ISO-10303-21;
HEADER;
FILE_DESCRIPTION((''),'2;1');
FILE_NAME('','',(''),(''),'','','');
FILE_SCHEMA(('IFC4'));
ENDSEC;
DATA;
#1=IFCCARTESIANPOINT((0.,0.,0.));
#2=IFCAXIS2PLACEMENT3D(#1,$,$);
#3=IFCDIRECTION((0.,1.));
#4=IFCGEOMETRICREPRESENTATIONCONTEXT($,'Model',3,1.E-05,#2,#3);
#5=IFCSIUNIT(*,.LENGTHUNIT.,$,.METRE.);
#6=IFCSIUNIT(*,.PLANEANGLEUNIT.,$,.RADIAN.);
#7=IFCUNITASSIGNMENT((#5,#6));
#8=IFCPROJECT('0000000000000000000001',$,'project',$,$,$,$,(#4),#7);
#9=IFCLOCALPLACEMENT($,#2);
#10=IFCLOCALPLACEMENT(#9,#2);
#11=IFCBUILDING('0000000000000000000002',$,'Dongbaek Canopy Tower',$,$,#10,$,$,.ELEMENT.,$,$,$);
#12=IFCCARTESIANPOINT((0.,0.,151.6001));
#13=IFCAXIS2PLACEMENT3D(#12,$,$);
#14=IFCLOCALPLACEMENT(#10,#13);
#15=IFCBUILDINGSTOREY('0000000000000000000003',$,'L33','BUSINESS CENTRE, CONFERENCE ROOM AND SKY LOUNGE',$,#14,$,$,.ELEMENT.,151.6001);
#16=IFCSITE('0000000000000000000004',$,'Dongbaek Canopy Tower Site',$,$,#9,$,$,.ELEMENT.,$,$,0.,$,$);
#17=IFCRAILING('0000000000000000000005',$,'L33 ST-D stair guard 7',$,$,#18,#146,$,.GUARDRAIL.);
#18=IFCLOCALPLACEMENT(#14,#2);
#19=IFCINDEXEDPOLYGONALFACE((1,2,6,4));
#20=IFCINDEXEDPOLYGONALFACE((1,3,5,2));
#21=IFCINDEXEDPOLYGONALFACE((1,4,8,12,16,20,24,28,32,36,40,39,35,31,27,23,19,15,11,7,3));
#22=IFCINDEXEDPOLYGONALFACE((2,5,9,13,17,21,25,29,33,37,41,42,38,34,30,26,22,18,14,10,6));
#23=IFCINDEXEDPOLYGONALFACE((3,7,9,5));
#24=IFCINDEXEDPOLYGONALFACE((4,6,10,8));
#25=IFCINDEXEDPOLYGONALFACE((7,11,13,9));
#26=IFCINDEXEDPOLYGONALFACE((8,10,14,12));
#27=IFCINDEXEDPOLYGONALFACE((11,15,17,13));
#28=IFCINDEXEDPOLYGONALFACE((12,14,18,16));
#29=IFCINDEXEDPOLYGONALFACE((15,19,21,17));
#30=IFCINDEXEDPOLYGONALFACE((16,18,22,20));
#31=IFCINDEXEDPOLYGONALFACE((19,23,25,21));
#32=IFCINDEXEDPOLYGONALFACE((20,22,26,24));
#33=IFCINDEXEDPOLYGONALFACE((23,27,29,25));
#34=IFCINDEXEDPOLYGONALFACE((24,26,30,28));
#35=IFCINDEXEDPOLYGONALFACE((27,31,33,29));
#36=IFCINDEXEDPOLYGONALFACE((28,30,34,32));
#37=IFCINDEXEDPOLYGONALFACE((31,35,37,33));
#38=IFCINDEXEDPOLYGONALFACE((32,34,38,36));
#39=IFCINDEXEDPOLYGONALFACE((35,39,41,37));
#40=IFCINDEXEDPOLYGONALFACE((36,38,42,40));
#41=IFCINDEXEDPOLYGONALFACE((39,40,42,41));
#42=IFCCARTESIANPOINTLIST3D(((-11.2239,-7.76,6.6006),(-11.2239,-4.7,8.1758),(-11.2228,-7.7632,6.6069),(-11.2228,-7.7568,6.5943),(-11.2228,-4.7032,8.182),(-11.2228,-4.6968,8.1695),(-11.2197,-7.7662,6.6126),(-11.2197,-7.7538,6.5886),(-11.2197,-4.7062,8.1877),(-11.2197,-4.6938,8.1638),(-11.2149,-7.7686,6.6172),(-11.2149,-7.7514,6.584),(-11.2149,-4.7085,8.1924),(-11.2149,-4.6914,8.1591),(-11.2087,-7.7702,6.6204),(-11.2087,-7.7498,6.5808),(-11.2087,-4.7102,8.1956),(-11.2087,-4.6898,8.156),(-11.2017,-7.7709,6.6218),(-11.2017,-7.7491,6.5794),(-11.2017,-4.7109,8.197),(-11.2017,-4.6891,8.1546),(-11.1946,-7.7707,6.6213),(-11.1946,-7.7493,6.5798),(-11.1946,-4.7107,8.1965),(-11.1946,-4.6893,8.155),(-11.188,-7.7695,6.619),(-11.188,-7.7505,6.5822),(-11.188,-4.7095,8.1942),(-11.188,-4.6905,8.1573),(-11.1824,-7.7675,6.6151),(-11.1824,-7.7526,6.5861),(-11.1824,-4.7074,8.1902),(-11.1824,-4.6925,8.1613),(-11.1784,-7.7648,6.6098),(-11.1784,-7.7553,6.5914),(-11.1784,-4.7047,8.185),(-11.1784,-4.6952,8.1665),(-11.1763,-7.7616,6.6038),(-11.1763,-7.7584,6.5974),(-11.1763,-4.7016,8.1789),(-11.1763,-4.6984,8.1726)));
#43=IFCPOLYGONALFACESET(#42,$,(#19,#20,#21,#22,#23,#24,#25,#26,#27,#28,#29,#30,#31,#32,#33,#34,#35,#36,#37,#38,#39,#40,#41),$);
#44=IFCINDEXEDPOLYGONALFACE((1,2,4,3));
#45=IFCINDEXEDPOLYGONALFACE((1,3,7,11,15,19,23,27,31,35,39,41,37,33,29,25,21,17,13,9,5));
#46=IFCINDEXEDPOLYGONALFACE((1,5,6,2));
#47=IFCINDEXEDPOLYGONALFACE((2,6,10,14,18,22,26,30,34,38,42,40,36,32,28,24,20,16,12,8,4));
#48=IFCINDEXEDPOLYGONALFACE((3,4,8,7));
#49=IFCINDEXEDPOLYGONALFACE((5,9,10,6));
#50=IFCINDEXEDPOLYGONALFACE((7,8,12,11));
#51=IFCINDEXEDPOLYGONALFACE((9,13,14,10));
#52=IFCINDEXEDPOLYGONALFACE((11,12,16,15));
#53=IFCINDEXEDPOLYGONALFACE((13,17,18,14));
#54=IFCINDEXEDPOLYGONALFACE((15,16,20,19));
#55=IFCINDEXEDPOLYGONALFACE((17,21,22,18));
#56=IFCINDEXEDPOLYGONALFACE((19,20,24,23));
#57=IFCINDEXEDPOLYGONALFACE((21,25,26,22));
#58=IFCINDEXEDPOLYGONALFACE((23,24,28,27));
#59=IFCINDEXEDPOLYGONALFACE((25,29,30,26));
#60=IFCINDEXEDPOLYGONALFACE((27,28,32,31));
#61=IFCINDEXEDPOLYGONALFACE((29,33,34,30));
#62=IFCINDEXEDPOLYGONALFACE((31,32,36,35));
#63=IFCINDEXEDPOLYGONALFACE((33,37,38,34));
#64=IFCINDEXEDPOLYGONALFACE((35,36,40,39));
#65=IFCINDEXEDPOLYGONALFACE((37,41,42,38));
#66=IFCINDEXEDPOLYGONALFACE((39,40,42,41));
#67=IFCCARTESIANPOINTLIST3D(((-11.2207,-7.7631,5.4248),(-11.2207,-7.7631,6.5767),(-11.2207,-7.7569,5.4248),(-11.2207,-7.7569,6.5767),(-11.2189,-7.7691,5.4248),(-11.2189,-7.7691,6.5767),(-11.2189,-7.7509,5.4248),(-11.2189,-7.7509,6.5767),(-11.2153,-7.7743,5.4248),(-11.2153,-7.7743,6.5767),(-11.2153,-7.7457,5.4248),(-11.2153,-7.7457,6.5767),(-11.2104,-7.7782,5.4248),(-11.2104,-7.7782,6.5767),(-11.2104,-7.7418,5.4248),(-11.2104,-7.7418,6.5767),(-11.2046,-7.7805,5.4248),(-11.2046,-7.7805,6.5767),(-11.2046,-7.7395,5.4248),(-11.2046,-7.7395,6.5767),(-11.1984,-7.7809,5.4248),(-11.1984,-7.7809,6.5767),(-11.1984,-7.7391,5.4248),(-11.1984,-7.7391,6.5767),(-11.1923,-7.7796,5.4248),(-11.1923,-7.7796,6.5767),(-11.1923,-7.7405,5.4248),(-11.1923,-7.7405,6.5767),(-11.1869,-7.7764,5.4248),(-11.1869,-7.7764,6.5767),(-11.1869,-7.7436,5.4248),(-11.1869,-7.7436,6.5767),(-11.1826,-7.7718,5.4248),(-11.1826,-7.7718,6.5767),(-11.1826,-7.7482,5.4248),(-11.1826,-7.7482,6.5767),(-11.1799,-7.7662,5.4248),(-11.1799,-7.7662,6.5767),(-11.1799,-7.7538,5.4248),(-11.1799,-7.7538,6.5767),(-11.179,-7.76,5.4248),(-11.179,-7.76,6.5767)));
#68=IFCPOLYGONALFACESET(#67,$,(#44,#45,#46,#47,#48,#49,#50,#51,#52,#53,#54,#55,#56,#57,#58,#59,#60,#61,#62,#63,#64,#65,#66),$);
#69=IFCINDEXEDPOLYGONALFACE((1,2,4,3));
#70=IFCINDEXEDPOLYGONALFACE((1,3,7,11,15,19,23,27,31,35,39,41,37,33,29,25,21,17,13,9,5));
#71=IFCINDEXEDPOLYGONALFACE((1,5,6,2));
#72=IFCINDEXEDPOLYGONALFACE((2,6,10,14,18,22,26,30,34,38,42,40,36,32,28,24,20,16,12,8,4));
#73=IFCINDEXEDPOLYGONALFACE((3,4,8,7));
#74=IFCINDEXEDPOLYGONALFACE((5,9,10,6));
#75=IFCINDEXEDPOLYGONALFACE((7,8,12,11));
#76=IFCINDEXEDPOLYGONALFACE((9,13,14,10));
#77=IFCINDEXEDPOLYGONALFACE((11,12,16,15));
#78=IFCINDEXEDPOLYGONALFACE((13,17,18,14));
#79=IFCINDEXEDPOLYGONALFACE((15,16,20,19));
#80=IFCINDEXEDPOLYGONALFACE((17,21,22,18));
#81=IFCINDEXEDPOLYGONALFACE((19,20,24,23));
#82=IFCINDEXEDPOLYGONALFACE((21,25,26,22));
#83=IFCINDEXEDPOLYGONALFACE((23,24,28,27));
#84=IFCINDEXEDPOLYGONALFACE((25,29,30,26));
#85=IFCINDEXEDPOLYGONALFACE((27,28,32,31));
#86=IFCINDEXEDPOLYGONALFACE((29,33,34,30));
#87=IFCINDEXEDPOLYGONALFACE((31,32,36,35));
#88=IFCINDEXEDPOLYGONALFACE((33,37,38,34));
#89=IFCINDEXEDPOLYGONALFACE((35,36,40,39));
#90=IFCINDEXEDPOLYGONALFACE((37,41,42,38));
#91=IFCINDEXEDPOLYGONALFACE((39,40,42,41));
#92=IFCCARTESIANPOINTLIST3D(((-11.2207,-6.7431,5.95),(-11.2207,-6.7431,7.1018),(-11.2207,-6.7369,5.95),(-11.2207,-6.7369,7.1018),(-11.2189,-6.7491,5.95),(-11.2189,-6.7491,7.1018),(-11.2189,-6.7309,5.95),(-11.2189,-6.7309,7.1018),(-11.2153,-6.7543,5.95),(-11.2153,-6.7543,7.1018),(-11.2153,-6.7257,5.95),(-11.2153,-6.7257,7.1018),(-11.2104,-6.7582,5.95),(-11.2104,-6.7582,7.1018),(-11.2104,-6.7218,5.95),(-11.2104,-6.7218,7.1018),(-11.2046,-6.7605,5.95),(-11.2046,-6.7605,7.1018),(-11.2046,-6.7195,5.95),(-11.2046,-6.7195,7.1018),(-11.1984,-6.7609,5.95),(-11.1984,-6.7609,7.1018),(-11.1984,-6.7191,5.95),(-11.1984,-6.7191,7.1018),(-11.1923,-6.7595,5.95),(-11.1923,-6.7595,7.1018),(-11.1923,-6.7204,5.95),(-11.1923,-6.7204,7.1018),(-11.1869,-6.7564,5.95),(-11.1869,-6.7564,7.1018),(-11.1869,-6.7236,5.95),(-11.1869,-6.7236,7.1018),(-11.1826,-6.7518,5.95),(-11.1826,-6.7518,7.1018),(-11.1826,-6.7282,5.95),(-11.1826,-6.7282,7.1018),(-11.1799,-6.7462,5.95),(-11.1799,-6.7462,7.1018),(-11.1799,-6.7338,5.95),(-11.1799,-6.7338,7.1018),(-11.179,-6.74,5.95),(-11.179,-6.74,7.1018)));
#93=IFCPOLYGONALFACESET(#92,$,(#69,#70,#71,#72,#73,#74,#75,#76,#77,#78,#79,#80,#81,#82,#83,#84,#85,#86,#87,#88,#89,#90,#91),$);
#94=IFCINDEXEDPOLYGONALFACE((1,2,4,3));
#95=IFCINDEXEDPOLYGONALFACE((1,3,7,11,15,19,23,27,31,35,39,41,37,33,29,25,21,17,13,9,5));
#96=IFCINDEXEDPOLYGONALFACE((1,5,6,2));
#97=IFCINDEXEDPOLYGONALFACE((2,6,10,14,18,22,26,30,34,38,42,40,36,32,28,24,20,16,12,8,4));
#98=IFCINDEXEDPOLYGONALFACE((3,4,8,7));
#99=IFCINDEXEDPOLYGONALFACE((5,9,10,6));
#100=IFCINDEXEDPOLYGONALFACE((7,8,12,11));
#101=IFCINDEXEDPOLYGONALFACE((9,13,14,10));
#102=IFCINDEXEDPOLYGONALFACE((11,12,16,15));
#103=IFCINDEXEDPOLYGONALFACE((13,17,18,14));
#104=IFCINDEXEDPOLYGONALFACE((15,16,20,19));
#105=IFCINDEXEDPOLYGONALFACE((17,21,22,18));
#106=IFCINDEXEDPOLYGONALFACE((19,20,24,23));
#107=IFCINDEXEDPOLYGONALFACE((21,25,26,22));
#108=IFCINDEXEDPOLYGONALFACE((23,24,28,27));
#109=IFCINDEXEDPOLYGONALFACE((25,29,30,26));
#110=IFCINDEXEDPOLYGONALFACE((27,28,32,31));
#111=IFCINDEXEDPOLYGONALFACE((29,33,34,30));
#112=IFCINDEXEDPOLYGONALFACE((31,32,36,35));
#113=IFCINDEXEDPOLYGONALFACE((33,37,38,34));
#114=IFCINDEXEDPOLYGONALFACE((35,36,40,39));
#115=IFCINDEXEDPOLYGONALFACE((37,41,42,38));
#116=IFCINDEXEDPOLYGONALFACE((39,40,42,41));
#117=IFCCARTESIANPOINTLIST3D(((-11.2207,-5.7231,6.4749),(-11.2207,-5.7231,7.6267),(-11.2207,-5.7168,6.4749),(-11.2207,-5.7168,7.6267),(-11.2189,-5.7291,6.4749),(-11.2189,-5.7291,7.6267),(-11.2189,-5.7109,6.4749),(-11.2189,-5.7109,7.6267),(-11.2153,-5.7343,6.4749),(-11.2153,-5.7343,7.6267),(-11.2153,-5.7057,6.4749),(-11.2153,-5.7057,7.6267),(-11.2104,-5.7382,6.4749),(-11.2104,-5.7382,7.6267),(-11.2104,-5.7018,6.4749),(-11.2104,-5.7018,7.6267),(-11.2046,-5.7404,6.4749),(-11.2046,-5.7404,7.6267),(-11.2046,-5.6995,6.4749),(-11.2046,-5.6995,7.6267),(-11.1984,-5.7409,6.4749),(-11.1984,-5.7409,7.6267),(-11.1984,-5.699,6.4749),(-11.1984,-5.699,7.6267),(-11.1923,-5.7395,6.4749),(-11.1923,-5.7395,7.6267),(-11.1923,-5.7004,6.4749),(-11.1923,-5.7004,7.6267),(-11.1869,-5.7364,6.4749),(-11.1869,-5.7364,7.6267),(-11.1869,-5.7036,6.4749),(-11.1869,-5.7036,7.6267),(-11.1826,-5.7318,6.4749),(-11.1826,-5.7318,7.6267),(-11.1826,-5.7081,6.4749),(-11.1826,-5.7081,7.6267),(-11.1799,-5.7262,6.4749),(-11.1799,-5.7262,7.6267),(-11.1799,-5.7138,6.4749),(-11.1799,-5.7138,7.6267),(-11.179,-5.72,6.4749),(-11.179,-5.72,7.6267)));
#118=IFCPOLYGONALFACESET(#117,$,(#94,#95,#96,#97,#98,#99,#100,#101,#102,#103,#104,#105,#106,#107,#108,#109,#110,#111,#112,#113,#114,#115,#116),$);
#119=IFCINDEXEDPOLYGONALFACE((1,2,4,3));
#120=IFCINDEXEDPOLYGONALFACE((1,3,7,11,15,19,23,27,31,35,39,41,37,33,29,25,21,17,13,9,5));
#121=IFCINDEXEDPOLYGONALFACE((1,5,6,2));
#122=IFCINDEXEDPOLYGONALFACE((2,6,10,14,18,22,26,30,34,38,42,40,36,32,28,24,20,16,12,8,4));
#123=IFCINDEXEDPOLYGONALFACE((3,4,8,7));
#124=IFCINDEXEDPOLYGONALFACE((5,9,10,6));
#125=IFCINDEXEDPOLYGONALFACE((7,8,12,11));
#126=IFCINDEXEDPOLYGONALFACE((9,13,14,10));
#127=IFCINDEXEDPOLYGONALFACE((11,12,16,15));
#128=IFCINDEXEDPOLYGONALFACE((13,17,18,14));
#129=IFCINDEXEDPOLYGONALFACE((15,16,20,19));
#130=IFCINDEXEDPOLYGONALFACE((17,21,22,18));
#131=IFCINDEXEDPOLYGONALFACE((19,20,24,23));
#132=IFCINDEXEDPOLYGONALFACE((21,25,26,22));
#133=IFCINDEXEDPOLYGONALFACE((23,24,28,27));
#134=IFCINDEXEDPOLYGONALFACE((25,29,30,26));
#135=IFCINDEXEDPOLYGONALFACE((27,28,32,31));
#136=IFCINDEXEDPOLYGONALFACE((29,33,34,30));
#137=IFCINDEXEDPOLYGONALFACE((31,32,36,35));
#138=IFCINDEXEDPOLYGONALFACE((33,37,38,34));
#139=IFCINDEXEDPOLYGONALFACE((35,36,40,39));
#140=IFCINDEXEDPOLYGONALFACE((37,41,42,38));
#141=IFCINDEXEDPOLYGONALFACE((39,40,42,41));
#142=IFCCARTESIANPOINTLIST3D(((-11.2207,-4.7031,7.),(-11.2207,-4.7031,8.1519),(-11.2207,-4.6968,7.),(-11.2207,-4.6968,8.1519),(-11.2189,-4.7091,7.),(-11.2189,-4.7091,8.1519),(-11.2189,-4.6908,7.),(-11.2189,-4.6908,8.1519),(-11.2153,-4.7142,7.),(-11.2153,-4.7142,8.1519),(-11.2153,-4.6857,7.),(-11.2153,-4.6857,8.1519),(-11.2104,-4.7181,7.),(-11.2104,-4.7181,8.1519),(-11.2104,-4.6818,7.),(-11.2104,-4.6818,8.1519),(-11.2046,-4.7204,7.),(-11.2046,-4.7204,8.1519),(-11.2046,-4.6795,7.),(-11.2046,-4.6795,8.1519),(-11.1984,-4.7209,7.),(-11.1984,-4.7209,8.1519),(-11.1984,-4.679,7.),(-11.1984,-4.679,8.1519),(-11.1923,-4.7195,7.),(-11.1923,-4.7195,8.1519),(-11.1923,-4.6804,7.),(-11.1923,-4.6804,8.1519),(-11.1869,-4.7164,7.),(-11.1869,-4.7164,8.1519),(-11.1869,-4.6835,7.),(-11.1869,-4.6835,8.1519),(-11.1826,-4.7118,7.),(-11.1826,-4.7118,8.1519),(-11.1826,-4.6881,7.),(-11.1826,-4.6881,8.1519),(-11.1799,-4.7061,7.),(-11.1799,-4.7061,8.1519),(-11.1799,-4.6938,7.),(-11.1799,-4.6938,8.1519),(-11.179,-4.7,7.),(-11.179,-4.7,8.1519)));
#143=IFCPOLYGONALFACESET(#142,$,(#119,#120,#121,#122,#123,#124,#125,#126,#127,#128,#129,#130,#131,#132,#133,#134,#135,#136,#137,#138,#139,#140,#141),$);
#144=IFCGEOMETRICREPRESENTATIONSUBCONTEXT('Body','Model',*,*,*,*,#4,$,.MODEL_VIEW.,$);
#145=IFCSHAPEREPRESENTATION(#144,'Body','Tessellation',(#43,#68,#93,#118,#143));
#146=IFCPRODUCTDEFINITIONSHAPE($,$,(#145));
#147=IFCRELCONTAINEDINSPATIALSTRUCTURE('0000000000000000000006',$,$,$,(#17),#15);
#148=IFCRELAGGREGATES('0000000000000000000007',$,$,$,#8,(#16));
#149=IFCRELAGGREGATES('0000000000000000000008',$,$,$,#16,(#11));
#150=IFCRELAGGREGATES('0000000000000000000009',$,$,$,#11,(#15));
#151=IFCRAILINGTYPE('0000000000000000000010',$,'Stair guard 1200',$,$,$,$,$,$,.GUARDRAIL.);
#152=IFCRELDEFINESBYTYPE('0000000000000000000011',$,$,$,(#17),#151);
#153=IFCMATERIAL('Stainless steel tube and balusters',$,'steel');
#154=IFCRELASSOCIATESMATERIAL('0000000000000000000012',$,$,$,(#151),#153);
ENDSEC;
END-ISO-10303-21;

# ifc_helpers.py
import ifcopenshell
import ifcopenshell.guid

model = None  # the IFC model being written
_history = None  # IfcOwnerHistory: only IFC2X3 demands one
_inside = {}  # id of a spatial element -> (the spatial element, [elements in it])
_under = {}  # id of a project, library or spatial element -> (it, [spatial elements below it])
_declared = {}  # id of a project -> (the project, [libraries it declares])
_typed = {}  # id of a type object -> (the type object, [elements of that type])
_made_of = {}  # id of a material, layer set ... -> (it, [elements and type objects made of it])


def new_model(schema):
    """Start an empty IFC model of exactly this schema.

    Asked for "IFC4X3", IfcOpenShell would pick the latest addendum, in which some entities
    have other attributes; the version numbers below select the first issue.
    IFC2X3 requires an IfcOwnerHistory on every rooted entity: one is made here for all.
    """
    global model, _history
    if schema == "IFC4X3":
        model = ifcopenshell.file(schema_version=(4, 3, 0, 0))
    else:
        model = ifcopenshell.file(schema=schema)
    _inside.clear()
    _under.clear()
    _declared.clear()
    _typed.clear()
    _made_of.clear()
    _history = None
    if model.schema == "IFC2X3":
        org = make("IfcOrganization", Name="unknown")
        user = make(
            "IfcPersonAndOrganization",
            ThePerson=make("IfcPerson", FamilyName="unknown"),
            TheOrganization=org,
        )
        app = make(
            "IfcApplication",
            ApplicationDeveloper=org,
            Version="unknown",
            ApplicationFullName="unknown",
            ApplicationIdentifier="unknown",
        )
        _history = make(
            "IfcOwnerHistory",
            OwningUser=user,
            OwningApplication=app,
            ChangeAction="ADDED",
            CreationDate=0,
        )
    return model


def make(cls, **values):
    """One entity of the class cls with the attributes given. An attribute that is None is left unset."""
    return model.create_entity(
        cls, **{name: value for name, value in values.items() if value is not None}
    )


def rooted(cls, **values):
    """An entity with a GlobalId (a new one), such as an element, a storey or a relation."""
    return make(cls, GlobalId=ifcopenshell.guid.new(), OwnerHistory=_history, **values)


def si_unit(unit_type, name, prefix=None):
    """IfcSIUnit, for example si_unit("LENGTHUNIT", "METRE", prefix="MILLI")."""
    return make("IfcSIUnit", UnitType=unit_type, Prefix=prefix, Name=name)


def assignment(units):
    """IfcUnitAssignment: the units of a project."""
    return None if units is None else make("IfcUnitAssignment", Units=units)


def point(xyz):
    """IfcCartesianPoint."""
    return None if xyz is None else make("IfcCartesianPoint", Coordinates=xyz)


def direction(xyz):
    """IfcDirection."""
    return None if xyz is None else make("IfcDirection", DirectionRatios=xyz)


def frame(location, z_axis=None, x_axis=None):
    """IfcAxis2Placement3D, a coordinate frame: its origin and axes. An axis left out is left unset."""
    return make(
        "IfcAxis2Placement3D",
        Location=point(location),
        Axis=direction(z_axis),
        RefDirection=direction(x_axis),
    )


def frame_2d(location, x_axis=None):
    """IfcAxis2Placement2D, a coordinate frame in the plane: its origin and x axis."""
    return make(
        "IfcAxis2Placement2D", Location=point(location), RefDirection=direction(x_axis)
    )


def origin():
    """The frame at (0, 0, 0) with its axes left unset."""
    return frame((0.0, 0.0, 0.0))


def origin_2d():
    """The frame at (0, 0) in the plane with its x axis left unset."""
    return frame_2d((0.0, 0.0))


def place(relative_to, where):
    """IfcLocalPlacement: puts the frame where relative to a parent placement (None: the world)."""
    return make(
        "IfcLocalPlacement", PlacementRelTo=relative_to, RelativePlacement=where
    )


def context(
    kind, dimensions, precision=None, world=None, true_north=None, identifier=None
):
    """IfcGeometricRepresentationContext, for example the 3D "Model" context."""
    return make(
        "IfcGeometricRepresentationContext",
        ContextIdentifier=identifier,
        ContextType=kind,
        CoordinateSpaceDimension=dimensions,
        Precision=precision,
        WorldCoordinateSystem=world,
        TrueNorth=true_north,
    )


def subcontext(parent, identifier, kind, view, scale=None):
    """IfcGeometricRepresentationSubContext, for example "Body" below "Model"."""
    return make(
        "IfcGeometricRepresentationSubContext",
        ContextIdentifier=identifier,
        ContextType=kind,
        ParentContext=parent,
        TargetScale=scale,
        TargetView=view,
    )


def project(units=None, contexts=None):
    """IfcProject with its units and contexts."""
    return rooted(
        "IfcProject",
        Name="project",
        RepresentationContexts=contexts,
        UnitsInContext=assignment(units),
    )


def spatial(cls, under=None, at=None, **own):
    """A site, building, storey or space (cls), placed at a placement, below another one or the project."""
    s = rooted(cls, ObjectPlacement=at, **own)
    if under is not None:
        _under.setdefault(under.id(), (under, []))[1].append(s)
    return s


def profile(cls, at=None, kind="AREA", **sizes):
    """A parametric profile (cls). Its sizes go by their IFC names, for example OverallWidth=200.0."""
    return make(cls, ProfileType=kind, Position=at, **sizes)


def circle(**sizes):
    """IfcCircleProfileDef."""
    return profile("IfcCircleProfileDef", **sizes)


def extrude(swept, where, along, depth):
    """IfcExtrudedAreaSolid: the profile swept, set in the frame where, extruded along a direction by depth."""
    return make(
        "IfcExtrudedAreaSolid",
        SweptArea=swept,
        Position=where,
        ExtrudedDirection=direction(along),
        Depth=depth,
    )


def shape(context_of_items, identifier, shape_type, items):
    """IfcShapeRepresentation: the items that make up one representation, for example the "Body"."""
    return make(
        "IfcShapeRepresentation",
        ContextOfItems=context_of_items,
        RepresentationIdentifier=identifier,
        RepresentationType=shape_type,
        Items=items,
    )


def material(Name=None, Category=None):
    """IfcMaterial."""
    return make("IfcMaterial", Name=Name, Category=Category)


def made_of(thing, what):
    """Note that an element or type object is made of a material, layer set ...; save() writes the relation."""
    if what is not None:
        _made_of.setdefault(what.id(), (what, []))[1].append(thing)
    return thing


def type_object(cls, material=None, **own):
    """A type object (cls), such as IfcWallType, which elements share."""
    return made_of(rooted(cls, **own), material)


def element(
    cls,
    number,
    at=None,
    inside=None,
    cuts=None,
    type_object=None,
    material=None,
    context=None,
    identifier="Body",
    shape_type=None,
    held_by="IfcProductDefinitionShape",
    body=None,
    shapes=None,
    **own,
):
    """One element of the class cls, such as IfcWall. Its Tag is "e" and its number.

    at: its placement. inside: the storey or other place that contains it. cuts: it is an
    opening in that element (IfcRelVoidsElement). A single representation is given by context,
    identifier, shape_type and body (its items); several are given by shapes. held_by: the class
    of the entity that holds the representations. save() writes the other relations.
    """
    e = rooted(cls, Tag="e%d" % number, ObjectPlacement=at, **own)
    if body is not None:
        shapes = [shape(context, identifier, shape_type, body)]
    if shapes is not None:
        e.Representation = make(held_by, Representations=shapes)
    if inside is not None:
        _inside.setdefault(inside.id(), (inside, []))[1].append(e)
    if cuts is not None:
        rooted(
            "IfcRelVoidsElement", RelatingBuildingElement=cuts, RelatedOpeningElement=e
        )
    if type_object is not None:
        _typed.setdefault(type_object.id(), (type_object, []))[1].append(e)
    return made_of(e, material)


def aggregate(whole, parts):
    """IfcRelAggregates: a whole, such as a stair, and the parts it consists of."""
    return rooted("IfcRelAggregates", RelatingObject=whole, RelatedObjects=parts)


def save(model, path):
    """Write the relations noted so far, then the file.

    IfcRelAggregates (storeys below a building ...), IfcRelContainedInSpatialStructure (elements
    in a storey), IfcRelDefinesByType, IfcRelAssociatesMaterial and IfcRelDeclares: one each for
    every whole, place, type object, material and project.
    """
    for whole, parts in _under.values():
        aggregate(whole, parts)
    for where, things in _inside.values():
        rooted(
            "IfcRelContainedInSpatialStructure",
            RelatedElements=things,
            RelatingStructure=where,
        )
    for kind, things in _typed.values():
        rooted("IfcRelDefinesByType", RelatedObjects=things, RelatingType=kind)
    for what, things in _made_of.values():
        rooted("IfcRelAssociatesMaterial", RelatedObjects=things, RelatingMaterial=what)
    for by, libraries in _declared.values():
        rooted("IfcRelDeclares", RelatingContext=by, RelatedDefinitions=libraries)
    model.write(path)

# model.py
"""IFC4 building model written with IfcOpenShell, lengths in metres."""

from ifc_helpers import new_model, si_unit, direction, frame, origin, origin_2d, place, context, subcontext, project, spatial, circle, extrude, material, type_object, element, save


model = new_model("IFC4")

# Units and contexts
model_context = context("Model", 3, precision=1e-05, world=origin(), true_north=direction((0.0, 1.0)))
body_context = subcontext(model_context, "Body", "Model", "MODEL_VIEW")
ifc_project = project(units=[si_unit("LENGTHUNIT", "METRE"), si_unit("PLANEANGLEUNIT", "RADIAN")], contexts=[model_context])

# Site, building, storey
site_placement = place(None, origin())
site = spatial("IfcSite", under=ifc_project, at=site_placement, Name="Dongbaek Canopy Tower Site", CompositionType="ELEMENT", RefElevation=0.0)
building_placement = place(site_placement, origin())
building = spatial("IfcBuilding", under=site, at=building_placement, Name="Dongbaek Canopy Tower", CompositionType="ELEMENT")
storey_placement = place(building_placement, frame((0.0, 0.0, 151.6001)))
storey = spatial("IfcBuildingStorey", under=building, at=storey_placement, Name="L33", Description="BUSINESS CENTRE, CONFERENCE ROOM AND SKY LOUNGE", CompositionType="ELEMENT", Elevation=151.6001)

# Railing
ifc_material_1 = material(Name="Stainless steel tube and balusters", Category="steel")
railing_type_1 = type_object("IfcRailingType", Name="Stair guard 1200", PredefinedType="GUARDRAIL", material=ifc_material_1)
railing_1_placement = place(storey_placement, frame((-11.2, -7.76, 5.4248)))
element("IfcRailing", 1, at=railing_1_placement, inside=storey, type_object=railing_type_1, Name="L33 ST-D stair guard 7", PredefinedType="GUARDRAIL", context=body_context, shape_type="SweptSolid", body=[
    extrude(circle(Radius=0.0239, at=origin_2d()), frame((0.0, 0.0, 1.1758), z_axis=(0.0, 0.889116, 0.457681), x_axis=(-1.0, 0.0, 0.0)), (0.0, 0.0, 1.0), 3.4417),
    extrude(circle(Radius=0.021, at=origin_2d()), origin(), (0.0, 0.0, 1.0), 1.1519),
    extrude(circle(Radius=0.021, at=origin_2d()), frame((0.0, 1.02, 0.5251)), (0.0, 0.0, 1.0), 1.1519),
    extrude(circle(Radius=0.021, at=origin_2d()), frame((0.0, 2.04, 1.05)), (0.0, 0.0, 1.0), 1.1519),
    extrude(circle(Radius=0.021, at=origin_2d()), frame((0.0, 3.0601, 1.5752)), (0.0, 0.0, 1.0), 1.1519),
])

save(model, "model.ifc")
